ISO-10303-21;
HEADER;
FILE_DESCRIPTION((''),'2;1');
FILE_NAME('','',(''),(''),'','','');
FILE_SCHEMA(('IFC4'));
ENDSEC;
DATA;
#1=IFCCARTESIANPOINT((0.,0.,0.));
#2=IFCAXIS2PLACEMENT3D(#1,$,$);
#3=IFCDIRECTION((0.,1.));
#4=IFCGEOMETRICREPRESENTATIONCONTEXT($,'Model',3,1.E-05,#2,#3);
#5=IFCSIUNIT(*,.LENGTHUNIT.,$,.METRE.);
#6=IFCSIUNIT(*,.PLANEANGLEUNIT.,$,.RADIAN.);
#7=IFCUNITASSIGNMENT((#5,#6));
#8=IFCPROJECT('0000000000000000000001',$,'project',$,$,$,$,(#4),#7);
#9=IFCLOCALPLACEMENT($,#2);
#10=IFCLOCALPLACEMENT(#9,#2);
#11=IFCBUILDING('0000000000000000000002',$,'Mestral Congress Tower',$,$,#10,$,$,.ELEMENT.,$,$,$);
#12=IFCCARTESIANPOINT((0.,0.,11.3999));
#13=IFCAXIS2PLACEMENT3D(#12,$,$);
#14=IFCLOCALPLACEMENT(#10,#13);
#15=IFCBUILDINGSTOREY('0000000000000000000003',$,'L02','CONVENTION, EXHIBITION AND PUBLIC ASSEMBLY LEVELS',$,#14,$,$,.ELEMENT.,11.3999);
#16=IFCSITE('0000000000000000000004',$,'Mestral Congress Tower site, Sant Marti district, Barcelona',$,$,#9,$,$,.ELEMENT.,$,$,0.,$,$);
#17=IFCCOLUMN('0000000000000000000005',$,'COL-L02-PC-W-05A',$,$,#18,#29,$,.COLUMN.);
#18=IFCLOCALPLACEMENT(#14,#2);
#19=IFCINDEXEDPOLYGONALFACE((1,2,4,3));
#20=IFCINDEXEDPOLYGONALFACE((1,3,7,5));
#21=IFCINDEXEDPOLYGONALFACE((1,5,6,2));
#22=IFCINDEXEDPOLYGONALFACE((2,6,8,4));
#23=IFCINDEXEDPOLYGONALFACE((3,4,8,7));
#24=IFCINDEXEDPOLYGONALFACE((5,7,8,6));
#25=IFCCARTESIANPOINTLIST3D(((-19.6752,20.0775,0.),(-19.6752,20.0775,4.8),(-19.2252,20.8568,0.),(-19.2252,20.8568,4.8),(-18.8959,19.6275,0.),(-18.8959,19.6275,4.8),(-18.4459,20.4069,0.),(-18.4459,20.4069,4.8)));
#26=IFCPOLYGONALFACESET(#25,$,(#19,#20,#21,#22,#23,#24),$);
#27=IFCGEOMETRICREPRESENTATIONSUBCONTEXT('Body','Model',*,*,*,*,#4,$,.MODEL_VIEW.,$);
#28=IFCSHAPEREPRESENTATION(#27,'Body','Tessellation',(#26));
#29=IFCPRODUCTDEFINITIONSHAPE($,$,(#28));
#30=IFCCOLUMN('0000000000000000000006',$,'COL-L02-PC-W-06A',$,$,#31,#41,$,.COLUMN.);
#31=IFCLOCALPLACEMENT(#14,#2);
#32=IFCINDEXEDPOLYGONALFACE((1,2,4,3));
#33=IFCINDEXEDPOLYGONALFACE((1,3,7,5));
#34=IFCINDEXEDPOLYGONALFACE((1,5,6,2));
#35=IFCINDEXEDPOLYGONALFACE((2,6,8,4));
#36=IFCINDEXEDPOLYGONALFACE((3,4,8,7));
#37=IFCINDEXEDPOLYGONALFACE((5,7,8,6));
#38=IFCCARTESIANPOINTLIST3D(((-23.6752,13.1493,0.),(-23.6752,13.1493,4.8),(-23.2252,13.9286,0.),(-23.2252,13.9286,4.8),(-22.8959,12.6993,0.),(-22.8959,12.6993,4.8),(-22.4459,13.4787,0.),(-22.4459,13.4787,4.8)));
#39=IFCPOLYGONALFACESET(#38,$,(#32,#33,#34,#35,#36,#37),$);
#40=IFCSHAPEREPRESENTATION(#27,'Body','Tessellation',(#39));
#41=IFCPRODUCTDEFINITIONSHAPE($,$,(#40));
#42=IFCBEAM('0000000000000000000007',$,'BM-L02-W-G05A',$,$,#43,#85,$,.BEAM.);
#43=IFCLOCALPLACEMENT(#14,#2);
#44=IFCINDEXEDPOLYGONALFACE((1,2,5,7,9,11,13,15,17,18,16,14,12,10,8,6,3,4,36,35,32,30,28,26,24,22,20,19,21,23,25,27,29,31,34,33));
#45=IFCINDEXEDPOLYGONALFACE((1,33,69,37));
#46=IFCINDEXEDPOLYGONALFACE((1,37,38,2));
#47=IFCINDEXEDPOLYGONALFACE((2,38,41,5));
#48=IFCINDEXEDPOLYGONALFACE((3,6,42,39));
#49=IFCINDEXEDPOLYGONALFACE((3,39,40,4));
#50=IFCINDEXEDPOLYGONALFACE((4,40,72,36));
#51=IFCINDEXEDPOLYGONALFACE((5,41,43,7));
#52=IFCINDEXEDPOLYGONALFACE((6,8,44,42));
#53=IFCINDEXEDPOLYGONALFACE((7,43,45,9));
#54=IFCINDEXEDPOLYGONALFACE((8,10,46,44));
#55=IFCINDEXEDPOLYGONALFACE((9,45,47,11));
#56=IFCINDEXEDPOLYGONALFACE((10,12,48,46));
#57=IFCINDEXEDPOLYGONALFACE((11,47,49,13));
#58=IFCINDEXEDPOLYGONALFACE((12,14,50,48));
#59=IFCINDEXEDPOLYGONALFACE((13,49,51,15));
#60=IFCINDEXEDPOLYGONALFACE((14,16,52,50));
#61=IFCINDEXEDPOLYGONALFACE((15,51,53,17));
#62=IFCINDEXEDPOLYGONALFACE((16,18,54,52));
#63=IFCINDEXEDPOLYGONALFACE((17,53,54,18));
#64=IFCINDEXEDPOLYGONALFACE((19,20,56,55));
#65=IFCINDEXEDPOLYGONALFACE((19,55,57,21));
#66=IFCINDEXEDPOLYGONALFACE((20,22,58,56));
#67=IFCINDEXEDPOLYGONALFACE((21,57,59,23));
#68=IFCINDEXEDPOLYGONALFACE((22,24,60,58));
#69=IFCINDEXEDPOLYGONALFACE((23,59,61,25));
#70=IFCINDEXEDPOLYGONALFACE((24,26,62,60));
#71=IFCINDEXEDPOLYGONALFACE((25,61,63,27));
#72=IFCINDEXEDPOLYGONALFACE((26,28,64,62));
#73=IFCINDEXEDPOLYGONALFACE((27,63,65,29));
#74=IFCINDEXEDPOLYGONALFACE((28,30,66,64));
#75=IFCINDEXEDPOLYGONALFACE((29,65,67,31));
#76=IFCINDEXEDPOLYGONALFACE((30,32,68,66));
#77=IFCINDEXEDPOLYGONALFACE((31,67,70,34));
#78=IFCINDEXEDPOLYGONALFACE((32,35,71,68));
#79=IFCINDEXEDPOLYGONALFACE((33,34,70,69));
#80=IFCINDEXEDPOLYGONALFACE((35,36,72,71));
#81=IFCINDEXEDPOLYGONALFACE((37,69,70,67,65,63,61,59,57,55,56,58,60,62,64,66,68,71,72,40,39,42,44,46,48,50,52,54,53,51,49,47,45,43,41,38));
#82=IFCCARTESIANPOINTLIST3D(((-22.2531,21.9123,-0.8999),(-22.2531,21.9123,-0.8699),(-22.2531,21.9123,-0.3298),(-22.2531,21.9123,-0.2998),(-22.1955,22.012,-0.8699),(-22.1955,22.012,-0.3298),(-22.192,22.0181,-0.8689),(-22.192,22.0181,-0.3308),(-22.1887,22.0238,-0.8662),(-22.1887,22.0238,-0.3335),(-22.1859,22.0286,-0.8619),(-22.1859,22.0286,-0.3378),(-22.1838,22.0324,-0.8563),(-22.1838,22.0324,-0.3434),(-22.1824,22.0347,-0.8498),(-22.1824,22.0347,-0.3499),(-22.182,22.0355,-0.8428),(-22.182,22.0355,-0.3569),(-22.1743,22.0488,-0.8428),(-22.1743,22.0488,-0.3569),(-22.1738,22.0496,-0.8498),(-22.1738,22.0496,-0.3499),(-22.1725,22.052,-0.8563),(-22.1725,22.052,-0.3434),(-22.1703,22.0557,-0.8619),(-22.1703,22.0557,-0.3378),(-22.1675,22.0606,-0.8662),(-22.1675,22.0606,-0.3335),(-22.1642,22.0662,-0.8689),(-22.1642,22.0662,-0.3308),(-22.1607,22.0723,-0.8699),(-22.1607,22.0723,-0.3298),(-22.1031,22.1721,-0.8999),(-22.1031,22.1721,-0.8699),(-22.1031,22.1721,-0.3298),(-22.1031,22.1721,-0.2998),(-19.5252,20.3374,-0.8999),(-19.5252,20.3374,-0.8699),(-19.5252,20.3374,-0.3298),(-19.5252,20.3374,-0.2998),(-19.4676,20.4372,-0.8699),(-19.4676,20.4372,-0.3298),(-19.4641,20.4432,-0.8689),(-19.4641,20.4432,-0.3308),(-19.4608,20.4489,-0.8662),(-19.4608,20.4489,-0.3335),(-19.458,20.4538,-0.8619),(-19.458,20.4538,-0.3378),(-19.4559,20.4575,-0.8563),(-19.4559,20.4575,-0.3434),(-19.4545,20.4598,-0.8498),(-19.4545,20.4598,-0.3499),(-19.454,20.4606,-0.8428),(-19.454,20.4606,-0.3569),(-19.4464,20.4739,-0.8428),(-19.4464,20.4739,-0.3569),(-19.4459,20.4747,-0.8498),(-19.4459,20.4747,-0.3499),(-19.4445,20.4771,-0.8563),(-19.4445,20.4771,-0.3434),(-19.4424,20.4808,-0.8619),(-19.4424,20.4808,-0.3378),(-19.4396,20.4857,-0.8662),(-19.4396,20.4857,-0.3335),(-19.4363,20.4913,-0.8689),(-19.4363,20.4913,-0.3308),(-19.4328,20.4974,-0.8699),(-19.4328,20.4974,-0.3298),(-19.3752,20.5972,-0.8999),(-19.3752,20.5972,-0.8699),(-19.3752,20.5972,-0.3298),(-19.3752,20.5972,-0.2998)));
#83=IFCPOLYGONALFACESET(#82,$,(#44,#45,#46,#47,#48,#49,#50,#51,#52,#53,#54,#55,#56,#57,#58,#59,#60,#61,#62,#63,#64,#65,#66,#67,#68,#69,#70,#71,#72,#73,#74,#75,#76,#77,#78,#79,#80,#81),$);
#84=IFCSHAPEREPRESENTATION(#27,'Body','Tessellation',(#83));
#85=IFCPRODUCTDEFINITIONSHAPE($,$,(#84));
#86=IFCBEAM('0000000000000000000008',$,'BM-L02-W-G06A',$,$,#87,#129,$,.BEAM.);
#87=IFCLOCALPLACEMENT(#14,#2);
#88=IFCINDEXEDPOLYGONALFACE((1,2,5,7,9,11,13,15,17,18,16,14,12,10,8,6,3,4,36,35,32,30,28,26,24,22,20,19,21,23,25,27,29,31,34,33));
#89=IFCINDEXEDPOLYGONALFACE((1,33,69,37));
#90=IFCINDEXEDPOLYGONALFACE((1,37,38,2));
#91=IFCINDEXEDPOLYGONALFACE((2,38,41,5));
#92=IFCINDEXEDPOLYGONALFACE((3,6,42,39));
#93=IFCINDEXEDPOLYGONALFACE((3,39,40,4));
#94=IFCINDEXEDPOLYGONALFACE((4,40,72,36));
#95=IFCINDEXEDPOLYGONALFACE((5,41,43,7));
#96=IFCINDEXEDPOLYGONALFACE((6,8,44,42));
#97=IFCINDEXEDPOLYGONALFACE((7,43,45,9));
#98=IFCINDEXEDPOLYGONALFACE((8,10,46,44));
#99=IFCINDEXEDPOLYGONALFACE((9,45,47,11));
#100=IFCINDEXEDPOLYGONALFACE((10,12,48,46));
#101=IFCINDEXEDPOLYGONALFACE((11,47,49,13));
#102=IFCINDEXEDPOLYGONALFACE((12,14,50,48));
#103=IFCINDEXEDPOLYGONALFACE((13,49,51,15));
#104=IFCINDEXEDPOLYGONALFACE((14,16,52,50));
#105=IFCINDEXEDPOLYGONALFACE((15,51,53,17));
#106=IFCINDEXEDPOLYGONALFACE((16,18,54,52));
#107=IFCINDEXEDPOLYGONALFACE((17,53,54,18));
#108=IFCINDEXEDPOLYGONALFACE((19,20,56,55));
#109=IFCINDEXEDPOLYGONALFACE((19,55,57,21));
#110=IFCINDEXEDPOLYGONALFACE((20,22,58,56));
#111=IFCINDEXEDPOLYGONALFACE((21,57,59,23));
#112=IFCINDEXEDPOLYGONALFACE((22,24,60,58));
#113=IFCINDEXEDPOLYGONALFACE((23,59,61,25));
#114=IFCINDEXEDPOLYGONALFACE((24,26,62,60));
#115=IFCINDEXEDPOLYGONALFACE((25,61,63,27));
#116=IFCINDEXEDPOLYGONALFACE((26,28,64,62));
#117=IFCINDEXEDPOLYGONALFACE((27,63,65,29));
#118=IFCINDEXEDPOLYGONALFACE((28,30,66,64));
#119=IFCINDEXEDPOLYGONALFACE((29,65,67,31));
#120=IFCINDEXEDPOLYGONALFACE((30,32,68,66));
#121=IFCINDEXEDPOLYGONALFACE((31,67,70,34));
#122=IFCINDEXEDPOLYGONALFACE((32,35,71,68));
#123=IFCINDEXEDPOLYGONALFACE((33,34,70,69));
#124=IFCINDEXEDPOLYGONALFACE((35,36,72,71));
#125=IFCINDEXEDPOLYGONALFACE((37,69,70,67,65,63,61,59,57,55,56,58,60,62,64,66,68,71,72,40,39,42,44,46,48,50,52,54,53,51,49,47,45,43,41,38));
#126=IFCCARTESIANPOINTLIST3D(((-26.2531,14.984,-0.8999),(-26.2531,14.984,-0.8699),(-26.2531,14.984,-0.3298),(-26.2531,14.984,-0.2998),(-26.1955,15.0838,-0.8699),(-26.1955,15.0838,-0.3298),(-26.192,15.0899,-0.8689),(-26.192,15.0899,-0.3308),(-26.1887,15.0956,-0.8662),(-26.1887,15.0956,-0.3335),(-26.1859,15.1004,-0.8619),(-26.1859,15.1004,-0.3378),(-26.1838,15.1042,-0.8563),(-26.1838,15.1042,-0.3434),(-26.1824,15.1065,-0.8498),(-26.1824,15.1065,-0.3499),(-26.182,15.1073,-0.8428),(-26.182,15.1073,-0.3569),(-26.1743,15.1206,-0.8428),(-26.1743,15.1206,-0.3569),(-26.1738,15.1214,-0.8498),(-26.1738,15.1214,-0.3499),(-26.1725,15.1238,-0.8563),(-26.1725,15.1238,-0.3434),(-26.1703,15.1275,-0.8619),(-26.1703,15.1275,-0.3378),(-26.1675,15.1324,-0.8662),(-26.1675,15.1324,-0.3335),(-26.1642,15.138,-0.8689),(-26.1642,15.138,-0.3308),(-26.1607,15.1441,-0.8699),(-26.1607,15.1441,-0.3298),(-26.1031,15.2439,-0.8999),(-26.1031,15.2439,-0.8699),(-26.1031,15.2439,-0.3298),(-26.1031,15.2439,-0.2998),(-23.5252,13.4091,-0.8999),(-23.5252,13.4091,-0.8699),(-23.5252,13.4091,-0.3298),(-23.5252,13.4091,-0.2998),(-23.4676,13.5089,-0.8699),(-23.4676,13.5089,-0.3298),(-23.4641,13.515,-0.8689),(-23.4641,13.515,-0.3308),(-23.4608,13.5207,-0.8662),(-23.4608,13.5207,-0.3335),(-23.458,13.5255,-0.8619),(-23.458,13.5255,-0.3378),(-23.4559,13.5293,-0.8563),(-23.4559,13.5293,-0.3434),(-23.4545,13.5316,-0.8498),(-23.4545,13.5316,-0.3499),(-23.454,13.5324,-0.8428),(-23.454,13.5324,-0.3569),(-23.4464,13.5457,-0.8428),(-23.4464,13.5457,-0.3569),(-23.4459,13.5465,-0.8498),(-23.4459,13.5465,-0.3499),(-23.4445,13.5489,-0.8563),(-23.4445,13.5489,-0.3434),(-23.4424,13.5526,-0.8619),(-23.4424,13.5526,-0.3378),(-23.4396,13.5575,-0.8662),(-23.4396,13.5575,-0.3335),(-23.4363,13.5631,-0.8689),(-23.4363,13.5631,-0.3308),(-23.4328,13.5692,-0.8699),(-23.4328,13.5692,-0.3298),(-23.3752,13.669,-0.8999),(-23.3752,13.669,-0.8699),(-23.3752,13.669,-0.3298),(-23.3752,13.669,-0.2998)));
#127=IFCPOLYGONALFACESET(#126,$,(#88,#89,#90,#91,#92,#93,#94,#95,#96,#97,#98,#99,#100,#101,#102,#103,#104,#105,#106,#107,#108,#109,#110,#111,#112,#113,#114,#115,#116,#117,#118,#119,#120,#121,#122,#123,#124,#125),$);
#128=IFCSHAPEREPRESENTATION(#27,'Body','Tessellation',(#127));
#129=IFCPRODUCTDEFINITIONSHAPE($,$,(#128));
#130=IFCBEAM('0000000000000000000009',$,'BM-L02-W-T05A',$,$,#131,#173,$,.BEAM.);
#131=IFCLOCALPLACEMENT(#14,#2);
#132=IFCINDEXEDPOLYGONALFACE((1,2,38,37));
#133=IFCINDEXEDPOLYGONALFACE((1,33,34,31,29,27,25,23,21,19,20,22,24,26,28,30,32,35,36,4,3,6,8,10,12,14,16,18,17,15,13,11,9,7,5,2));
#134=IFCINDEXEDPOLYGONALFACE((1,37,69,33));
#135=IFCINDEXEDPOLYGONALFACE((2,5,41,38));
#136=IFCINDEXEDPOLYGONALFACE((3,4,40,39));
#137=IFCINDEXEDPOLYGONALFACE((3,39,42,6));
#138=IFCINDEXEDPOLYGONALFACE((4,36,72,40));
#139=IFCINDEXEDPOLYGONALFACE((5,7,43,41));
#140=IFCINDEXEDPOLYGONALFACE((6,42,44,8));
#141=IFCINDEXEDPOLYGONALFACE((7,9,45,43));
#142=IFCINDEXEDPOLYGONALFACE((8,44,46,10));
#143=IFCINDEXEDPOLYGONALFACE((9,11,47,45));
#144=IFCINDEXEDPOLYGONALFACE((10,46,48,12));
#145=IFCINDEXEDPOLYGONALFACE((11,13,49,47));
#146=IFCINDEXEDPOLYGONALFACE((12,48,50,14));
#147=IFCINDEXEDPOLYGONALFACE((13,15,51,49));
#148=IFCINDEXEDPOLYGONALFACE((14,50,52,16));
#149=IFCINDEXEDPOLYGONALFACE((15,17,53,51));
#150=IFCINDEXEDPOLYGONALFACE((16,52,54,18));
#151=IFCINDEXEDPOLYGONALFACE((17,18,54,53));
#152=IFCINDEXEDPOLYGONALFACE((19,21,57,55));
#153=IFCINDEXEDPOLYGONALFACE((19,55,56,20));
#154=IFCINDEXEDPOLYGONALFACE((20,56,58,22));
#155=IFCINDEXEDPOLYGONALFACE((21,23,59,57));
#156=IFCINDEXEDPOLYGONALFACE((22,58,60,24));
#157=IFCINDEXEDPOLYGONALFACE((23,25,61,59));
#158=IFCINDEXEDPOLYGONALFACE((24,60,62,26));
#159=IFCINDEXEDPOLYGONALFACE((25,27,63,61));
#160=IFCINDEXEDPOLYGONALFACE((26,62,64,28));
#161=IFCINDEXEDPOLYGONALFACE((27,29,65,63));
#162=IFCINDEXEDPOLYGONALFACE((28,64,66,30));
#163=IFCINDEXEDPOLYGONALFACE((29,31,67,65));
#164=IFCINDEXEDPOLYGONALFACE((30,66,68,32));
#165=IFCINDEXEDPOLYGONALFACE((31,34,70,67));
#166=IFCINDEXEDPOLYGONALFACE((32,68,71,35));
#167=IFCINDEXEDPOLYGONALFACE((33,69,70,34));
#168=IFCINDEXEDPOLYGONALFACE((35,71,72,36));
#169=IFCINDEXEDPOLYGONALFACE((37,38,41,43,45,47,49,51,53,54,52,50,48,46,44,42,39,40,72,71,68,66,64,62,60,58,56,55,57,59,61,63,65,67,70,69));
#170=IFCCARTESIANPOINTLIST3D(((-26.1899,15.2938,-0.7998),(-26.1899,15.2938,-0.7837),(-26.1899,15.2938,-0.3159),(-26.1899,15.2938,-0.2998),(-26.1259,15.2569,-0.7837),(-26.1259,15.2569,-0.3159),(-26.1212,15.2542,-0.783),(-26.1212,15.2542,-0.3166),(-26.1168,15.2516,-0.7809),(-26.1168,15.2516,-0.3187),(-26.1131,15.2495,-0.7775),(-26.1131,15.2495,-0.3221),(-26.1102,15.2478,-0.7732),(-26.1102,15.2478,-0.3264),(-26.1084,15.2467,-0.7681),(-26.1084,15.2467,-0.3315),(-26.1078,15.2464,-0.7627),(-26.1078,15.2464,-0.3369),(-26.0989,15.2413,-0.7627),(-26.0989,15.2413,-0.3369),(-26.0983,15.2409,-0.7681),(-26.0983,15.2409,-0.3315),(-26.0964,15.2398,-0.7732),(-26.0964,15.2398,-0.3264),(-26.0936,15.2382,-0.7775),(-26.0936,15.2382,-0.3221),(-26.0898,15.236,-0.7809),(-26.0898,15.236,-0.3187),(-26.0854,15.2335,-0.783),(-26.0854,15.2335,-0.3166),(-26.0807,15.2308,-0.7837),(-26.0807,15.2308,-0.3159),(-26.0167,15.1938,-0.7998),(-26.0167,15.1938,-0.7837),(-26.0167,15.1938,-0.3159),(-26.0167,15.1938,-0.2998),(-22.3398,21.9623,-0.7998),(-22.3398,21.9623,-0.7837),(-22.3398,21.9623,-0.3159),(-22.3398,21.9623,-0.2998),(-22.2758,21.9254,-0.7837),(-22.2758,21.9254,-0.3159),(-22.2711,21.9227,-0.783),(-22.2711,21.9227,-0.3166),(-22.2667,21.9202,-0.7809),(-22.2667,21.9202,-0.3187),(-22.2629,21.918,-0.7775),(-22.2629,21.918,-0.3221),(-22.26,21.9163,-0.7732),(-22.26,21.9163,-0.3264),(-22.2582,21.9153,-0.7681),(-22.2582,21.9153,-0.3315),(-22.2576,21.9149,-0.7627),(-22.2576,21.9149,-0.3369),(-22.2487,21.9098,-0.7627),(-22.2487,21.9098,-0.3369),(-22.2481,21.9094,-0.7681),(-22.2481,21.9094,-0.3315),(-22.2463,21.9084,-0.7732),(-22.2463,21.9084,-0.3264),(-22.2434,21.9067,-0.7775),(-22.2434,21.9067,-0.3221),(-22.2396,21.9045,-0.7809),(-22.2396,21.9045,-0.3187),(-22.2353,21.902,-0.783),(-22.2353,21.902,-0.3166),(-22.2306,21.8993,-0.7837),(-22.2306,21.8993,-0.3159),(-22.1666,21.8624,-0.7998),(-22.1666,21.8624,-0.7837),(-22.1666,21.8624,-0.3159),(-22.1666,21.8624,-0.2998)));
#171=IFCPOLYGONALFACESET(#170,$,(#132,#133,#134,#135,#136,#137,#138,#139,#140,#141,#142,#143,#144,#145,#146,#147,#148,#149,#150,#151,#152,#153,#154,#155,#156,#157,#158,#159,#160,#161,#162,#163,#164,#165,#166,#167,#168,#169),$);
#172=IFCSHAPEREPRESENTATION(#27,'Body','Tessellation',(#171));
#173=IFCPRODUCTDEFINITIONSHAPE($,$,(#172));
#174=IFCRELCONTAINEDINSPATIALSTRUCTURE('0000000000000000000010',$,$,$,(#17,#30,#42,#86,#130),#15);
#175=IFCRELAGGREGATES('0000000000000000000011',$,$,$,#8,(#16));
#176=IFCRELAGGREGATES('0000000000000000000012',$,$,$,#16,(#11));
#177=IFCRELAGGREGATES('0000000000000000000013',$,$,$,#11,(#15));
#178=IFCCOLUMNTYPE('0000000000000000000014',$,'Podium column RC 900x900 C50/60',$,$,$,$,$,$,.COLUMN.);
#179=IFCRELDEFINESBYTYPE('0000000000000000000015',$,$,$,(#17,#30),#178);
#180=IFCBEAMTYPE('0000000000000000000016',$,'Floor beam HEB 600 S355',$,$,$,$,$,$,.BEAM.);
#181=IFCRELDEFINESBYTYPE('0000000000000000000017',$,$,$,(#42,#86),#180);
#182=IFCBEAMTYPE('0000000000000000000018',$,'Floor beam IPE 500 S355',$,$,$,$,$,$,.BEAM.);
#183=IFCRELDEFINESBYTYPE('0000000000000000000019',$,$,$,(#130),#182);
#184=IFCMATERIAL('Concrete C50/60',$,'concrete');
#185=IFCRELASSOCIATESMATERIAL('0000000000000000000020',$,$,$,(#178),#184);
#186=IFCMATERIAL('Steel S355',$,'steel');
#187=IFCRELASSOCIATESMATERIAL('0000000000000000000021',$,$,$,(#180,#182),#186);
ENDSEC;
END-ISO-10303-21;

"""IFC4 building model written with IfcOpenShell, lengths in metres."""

from ifc_helpers import new_model, si_unit, direction, frame, origin, origin_2d, place, context, subcontext, project, spatial, rectangle, i_section, extrude, material, material_profile, profile_set, type_object, element, save


model = new_model("IFC4")

# Units and contexts
model_context = context("Model", 3, precision=1e-05, world=origin(), true_north=direction((0.0, 1.0)))
body_context = subcontext(model_context, "Body", "Model", "MODEL_VIEW")
ifc_project = project(units=[si_unit("LENGTHUNIT", "METRE"), si_unit("PLANEANGLEUNIT", "RADIAN")], contexts=[model_context])

# Site, building, storey
site_placement = place(None, origin())
site = spatial("IfcSite", under=ifc_project, at=site_placement, Name="Mestral Congress Tower site, Sant Marti district, Barcelona", CompositionType="ELEMENT", RefElevation=0.0)
building_placement = place(site_placement, origin())
building = spatial("IfcBuilding", under=site, at=building_placement, Name="Mestral Congress Tower", CompositionType="ELEMENT")
storey_placement = place(building_placement, frame((0.0, 0.0, 11.3999)))
storey = spatial("IfcBuildingStorey", under=building, at=storey_placement, Name="L02", Description="CONVENTION, EXHIBITION AND PUBLIC ASSEMBLY LEVELS", CompositionType="ELEMENT", Elevation=11.3999)

# Columns
ifc_material_1 = material(Name="Concrete C50/60", Category="concrete")
ifc_material_profile_1 = material_profile(ifc_material_1, rectangle(XDim=0.8999, YDim=0.8999, at=origin_2d()), Name="RC 900x900")
ifc_profile_set_1 = profile_set([ifc_material_profile_1], Name="Concrete C50/60")
column_type = type_object("IfcColumnType", Name="Podium column RC 900x900 C50/60", PredefinedType="COLUMN", material=ifc_profile_set_1)
for number, where, z_axis, x_axis, name in (
    (1, (-19.0605, 20.2422, 0.0), (0.0, 0.0, 1.0), (-0.5, -0.866025, 0.0), "COL-L02-PC-W-05A"),
    (2, (-23.0605, 13.314, 0.0), (0.0, 0.0, 1.0), (-0.5, -0.866025, 0.0), "COL-L02-PC-W-06A"),
):
    element("IfcColumn", number, at=place(storey_placement, frame(where, z_axis=z_axis, x_axis=x_axis)), inside=storey, type_object=column_type, Name=name, PredefinedType="COLUMN", context=body_context, shape_type="SweptSolid", body=[
        extrude(rectangle(XDim=0.8999, YDim=0.8999, at=origin_2d()), origin(), (0.0, 0.0, 1.0), 4.8),
    ])

# Beams
ifc_material_2 = material(Name="Steel S355", Category="steel")
ifc_material_profile_2 = material_profile(ifc_material_2, i_section(OverallWidth=0.3, OverallDepth=0.6001, WebThickness=0.0154, FlangeThickness=0.03, FilletRadius=0.0271, at=origin_2d()), Name="HEB 600")
ifc_profile_set_2 = profile_set([ifc_material_profile_2], Name="Steel S355")
beam_type_1 = type_object("IfcBeamType", Name="Floor beam HEB 600 S355", PredefinedType="BEAM", material=ifc_profile_set_2)
for number, where, z_axis, x_axis, name in (
    (3, (-19.4502, 20.4673, -0.5999), (-0.866036, 0.499982, 0.0), (-0.499982, -0.866036, 0.0), "BM-L02-W-G05A"),
    (4, (-23.4502, 13.5391, -0.5999), (-0.866036, 0.499982, 0.0), (-0.499982, -0.866036, 0.0), "BM-L02-W-G06A"),
):
    element("IfcBeam", number, at=place(storey_placement, frame(where, z_axis=z_axis, x_axis=x_axis)), inside=storey, type_object=beam_type_1, Name=name, PredefinedType="BEAM", context=body_context, shape_type="SweptSolid", body=[
        extrude(i_section(OverallWidth=0.3, OverallDepth=0.6001, WebThickness=0.0154, FlangeThickness=0.03, FilletRadius=0.0271, at=origin_2d()), origin(), (0.0, 0.0, 1.0), 3.1499),
    ])
ifc_material_profile_3 = material_profile(ifc_material_2, i_section(OverallWidth=0.2, OverallDepth=0.5, WebThickness=0.0103, FlangeThickness=0.0161, FilletRadius=0.021, at=origin_2d()), Name="IPE 500")
ifc_profile_set_3 = profile_set([ifc_material_profile_3], Name="Steel S355")
beam_type_2 = type_object("IfcBeamType", Name="Floor beam IPE 500 S355", PredefinedType="BEAM", material=ifc_profile_set_3)
for number, where, z_axis, x_axis, name in (
    (5, (-22.2532, 21.9124, -0.5498), (-0.500006, -0.866022, 0.0), (0.866022, -0.500006, 0.0), "BM-L02-W-T05A"),
):
    element("IfcBeam", number, at=place(storey_placement, frame(where, z_axis=z_axis, x_axis=x_axis)), inside=storey, type_object=beam_type_2, Name=name, PredefinedType="BEAM", context=body_context, shape_type="SweptSolid", body=[
        extrude(i_section(OverallWidth=0.2, OverallDepth=0.5, WebThickness=0.0103, FlangeThickness=0.0161, FilletRadius=0.021, at=origin_2d()), origin(), (0.0, 0.0, 1.0), 7.7002),
    ])

save(model, "model.ifc")
